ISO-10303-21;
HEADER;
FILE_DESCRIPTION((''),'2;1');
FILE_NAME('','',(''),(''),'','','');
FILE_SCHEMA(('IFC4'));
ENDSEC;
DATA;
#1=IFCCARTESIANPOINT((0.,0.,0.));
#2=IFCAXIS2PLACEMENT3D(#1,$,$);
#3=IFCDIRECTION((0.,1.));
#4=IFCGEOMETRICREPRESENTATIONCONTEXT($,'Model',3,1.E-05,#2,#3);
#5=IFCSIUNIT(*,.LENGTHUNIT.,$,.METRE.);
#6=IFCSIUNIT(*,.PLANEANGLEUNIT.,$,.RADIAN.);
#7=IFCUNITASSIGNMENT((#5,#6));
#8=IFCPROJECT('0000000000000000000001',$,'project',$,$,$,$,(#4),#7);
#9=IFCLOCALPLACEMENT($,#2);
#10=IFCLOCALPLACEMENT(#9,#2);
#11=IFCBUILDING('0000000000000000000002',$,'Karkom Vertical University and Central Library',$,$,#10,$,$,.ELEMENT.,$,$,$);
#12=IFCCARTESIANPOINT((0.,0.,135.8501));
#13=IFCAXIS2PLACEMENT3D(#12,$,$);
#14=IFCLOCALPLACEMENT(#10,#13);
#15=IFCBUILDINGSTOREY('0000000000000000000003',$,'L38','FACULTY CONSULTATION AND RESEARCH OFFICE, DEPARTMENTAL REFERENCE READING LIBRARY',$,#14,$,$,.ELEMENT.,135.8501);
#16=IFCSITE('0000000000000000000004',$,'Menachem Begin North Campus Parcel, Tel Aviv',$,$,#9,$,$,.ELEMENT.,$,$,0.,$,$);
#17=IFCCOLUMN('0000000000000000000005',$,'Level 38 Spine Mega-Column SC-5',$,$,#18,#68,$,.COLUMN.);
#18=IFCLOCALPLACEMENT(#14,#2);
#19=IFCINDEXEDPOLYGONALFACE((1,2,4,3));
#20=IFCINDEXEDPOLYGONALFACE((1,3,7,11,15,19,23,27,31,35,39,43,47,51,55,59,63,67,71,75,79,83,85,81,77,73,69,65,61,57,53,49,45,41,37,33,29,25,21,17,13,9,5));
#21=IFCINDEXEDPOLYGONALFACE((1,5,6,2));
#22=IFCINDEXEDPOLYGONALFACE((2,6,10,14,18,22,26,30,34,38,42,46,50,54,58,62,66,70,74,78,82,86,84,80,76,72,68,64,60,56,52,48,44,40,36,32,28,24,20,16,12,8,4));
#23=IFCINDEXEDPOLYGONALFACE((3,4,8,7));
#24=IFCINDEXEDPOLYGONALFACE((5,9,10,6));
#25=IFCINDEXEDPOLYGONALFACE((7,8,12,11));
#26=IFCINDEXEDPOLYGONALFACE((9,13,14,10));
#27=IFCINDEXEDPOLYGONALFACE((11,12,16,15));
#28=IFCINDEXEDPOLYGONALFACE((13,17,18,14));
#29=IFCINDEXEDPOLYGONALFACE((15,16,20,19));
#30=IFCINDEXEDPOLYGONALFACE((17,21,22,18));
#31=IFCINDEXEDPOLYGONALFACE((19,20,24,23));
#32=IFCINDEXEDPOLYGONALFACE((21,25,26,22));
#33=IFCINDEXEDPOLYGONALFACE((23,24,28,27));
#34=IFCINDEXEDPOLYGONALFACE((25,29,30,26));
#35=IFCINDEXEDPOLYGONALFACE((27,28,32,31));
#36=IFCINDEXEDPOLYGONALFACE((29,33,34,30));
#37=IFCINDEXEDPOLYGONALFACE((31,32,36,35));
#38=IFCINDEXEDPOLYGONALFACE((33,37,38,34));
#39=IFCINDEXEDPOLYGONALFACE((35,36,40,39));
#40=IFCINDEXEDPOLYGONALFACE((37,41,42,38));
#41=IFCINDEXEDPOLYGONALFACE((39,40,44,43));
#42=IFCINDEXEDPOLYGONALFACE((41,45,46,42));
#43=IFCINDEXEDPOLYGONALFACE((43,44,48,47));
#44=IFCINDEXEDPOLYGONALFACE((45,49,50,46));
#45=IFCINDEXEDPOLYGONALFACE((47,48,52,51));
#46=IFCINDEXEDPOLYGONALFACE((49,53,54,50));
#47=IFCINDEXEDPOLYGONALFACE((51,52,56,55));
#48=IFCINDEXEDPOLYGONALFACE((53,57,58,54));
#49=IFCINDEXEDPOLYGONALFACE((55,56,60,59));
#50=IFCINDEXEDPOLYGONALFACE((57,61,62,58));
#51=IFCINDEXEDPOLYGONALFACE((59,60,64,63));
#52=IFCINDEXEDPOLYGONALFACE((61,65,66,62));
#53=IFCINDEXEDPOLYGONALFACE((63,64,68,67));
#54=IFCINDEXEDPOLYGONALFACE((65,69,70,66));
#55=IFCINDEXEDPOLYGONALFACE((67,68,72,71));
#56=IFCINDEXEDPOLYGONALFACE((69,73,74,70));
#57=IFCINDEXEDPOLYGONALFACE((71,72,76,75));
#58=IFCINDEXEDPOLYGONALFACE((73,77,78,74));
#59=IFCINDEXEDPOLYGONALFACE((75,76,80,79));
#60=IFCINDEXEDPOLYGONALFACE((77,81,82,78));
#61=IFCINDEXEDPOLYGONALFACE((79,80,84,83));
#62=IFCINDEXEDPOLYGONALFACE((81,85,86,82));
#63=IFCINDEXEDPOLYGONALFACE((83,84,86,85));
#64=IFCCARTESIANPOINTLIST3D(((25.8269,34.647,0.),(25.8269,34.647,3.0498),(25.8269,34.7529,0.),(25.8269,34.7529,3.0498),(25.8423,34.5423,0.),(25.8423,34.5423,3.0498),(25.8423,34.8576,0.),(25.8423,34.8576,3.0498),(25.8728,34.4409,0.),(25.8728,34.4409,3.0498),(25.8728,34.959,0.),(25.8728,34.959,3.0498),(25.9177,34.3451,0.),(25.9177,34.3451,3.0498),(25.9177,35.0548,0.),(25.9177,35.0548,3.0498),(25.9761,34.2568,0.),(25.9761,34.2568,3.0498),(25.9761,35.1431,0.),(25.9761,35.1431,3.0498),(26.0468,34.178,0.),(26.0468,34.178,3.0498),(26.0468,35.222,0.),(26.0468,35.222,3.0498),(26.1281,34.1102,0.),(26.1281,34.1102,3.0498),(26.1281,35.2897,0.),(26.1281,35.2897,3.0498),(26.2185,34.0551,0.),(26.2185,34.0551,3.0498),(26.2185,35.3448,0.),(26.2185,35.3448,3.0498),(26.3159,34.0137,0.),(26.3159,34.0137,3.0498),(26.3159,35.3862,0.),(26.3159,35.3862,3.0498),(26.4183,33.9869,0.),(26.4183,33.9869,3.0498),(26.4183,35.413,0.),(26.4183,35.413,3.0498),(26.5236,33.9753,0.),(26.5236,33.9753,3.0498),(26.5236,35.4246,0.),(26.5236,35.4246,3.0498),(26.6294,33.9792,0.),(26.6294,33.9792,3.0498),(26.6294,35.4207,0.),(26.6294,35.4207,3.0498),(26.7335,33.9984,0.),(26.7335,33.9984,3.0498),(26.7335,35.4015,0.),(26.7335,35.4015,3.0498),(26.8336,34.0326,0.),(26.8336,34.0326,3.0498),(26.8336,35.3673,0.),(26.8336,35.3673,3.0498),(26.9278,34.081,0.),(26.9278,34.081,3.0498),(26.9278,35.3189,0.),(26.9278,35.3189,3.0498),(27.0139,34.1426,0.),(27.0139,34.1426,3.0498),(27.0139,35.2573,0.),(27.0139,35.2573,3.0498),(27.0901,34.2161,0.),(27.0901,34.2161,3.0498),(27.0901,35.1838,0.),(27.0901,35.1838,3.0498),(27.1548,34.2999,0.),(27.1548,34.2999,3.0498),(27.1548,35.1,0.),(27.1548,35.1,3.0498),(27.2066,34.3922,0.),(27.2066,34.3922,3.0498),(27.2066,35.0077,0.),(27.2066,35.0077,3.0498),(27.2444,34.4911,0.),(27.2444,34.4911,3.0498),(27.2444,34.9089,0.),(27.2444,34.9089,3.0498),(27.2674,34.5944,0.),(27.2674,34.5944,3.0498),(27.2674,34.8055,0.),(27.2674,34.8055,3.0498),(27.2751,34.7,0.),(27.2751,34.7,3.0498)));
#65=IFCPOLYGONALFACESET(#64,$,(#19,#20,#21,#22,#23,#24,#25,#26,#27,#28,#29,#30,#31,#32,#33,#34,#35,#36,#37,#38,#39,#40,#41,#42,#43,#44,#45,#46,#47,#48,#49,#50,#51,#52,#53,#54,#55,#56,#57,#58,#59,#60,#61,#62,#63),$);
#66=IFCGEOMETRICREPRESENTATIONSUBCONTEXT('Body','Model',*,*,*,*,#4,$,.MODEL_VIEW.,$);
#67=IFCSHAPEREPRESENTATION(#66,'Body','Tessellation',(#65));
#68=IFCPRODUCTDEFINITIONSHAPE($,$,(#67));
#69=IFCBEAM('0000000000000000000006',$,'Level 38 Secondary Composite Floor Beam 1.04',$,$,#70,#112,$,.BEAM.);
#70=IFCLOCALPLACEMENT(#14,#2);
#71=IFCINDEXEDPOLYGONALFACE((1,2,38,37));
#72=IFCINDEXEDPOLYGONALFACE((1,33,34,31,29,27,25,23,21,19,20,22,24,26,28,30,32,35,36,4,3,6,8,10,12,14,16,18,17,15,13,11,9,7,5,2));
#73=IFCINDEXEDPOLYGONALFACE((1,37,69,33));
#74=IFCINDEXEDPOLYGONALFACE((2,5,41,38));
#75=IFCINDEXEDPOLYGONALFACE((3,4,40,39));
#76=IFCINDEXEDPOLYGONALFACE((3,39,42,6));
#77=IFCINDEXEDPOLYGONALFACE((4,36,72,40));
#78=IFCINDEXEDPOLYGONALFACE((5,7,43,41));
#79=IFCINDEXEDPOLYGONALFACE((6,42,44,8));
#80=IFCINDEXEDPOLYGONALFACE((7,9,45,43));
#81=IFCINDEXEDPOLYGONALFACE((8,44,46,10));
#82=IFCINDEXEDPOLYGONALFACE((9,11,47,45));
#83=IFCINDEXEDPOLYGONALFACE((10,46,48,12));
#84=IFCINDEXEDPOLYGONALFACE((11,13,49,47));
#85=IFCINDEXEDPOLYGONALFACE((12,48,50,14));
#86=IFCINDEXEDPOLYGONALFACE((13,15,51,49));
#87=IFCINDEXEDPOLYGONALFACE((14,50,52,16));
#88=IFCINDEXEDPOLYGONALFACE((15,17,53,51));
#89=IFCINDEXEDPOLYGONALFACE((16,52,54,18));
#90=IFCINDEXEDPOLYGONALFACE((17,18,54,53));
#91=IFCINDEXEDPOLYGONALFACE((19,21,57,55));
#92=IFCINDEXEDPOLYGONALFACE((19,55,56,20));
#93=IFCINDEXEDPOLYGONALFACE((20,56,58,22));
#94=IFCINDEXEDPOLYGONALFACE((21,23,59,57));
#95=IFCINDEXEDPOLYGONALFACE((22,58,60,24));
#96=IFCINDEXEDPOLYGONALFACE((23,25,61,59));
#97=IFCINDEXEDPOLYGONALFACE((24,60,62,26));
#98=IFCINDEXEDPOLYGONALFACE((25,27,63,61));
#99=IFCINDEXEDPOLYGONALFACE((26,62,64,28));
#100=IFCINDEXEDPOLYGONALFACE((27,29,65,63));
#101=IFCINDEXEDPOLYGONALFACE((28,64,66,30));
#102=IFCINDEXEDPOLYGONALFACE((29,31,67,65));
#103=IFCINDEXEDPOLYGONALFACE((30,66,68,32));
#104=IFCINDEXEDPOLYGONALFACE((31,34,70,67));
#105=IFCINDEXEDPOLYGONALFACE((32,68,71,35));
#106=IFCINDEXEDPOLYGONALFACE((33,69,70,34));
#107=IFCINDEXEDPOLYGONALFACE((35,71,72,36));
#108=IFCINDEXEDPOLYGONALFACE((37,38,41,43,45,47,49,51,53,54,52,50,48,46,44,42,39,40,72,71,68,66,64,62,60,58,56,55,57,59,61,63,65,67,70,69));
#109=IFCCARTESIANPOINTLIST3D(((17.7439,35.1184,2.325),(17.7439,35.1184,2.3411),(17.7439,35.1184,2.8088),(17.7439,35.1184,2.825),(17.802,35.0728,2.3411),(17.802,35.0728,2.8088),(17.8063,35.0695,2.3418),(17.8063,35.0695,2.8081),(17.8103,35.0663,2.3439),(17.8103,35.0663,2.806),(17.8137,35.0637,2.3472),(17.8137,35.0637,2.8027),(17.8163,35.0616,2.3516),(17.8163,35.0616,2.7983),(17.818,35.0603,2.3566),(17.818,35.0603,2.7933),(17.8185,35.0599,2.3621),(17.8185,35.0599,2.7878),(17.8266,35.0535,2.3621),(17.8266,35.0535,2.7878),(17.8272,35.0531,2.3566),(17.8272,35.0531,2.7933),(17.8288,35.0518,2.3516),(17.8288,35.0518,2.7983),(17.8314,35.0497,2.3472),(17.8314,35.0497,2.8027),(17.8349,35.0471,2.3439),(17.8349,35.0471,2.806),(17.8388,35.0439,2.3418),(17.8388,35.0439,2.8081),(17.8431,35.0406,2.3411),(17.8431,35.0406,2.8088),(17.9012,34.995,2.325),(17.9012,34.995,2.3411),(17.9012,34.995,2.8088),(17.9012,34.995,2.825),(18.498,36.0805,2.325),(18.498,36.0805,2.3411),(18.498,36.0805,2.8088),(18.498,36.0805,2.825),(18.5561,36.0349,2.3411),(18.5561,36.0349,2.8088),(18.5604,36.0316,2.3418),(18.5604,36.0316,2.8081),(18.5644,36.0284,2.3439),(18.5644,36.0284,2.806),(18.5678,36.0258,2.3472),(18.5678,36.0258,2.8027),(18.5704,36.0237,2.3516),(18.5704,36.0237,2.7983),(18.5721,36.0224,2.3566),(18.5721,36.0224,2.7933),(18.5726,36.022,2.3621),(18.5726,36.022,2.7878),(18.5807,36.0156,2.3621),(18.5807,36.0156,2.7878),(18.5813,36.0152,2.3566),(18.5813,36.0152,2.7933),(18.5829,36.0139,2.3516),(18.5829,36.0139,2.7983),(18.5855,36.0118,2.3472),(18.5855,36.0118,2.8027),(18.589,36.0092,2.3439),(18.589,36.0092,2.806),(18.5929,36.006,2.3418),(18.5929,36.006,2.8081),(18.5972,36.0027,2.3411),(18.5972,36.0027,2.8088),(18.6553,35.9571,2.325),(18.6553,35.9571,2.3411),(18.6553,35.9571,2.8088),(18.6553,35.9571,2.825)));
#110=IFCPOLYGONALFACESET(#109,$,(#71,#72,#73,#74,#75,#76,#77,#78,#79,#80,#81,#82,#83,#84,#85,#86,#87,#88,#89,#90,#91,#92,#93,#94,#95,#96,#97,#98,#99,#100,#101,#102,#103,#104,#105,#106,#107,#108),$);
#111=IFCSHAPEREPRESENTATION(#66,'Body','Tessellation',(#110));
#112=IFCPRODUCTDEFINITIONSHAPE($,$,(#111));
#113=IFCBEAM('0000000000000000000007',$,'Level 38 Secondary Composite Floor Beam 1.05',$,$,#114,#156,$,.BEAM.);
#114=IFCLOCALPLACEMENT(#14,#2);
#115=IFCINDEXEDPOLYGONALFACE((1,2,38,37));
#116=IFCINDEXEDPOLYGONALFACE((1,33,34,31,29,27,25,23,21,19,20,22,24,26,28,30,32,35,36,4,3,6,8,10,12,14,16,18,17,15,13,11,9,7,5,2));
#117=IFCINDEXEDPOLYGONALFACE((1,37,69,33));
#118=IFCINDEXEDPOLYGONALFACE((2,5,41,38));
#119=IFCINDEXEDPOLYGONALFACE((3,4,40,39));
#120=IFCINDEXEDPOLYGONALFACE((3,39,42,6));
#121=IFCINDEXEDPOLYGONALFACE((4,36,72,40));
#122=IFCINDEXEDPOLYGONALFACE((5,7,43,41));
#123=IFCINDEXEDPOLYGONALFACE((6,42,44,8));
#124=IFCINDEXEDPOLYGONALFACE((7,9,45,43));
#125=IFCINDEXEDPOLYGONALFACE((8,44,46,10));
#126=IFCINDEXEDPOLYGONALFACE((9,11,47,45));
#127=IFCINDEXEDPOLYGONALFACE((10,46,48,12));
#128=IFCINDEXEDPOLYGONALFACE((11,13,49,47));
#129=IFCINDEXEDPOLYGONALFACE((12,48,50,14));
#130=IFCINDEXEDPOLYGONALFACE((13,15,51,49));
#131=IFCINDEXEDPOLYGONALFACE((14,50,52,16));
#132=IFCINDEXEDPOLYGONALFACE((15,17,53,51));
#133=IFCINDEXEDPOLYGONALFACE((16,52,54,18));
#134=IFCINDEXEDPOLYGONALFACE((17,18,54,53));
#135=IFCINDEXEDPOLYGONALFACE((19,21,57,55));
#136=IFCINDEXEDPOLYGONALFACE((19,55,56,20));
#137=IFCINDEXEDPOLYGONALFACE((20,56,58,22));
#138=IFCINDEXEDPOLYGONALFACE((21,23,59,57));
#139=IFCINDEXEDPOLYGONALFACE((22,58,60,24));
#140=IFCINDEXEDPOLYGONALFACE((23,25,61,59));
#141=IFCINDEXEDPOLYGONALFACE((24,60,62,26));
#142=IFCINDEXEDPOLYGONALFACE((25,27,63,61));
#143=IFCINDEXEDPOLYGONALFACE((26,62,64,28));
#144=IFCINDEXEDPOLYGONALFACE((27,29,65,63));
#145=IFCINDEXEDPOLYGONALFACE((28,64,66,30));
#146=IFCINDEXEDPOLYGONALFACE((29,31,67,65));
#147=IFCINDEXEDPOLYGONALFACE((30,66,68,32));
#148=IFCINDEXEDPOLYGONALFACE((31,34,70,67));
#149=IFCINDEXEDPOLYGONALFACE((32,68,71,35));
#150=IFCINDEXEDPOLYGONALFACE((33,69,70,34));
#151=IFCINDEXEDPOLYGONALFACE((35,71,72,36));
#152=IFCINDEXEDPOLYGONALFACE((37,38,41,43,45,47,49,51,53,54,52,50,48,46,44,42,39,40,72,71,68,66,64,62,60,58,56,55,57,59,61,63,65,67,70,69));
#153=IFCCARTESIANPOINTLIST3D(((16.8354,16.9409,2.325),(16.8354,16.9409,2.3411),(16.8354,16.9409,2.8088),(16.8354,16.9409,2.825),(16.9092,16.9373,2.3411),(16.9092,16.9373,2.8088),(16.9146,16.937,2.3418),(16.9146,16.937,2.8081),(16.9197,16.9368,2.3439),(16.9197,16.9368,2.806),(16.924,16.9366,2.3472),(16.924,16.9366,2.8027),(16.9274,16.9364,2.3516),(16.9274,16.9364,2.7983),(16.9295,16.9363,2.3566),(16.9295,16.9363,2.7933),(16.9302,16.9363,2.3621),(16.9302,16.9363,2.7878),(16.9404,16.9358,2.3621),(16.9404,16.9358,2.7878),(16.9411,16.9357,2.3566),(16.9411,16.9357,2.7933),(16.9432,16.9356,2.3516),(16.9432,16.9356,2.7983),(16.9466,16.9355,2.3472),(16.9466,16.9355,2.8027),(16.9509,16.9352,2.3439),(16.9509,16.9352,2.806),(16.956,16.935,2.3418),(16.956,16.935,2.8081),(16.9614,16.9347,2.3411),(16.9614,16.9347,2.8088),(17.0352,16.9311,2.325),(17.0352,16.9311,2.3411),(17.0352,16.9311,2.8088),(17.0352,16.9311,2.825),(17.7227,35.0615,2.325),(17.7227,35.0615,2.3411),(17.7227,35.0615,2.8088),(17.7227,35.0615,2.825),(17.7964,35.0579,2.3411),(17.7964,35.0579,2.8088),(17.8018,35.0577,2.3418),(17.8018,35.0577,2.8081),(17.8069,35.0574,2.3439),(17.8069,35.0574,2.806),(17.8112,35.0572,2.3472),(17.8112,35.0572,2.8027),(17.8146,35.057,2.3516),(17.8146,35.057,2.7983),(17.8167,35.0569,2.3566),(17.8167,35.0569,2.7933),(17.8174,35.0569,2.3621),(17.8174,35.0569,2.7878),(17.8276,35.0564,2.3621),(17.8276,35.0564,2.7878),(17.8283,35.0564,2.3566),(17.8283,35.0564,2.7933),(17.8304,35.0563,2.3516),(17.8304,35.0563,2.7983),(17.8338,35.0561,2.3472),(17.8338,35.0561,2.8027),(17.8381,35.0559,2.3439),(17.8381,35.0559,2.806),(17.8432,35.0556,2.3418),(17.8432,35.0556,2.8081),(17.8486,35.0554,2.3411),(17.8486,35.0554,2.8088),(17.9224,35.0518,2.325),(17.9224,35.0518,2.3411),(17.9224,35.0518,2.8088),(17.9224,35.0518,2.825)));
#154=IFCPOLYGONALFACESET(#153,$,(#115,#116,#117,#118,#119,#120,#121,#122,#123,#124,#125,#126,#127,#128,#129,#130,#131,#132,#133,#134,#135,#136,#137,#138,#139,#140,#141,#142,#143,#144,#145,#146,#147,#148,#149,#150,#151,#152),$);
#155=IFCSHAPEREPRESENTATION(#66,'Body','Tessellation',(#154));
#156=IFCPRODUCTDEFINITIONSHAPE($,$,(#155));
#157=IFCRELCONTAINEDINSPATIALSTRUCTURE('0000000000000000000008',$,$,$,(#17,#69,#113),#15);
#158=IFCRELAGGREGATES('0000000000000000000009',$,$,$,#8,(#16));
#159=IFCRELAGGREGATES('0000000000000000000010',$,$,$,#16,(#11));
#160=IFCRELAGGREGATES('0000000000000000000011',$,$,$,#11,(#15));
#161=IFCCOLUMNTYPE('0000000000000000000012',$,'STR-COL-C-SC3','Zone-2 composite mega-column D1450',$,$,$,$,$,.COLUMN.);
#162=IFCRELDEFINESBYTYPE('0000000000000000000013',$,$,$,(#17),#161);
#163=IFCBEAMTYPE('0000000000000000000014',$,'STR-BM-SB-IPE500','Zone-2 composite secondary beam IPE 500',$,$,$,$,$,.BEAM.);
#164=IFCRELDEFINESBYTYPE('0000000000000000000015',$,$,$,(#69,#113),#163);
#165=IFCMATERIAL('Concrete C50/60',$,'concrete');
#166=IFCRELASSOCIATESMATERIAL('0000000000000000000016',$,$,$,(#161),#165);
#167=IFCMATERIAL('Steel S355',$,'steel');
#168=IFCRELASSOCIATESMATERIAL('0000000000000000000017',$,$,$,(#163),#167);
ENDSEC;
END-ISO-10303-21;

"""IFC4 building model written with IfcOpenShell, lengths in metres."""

from ifc_helpers import new_model, si_unit, direction, frame, origin, origin_with_axes, origin_2d, place, context, subcontext, project, spatial, circle, i_section, extrude, source, transform, mapped, material, material_profile, profile_set, type_object, element, save


model = new_model("IFC4")

# Units and contexts
model_context = context("Model", 3, precision=1e-05, world=origin(), true_north=direction((0.0, 1.0)))
body_context = subcontext(model_context, "Body", "Model", "MODEL_VIEW")
ifc_project = project(units=[si_unit("LENGTHUNIT", "METRE"), si_unit("PLANEANGLEUNIT", "RADIAN")], contexts=[model_context])

# Site, building, storey
site_placement = place(None, origin())
site = spatial("IfcSite", under=ifc_project, at=site_placement, Name="Menachem Begin North Campus Parcel, Tel Aviv", CompositionType="ELEMENT", RefElevation=0.0)
building_placement = place(site_placement, origin())
building = spatial("IfcBuilding", under=site, at=building_placement, Name="Karkom Vertical University and Central Library", CompositionType="ELEMENT")
storey_placement = place(building_placement, frame((0.0, 0.0, 135.8501)))
storey = spatial("IfcBuildingStorey", under=building, at=storey_placement, Name="L38", Description="FACULTY CONSULTATION AND RESEARCH OFFICE, DEPARTMENTAL REFERENCE READING LIBRARY", CompositionType="ELEMENT", Elevation=135.8501)

# Column
ifc_material_1 = material(Name="Concrete C50/60", Category="concrete")
ifc_material_profile_1 = material_profile(ifc_material_1, circle(Radius=0.7251, at=origin_2d()), Name="CFT-D1450")
ifc_profile_set_1 = profile_set([ifc_material_profile_1], Name="Concrete C50/60")
column_type = type_object("IfcColumnType", Name="STR-COL-C-SC3", Description="Zone-2 composite mega-column D1450", PredefinedType="COLUMN", material=ifc_profile_set_1)
shared_shape_1 = source(origin_with_axes(), body_context, "Body", "SweptSolid", [
    extrude(circle(Radius=0.7251, at=origin_2d()), origin(), (0.0, 0.0, 1.0), 3.0498),
])
column_placement = place(storey_placement, frame((26.55, 34.7, 0.0), z_axis=(0.0, 0.0, 1.0), x_axis=(1.0, 0.0, 0.0)))
element("IfcColumn", 1, at=column_placement, inside=storey, type_object=column_type, Name="Level 38 Spine Mega-Column SC-5", PredefinedType="COLUMN", context=body_context, shape_type="MappedRepresentation", body=[
    mapped(shared_shape_1, transform((0.0, 0.0, 0.0), scale=1.0)),
])

# Beams
ifc_material_2 = material(Name="Steel S355", Category="steel")
ifc_material_profile_2 = material_profile(ifc_material_2, i_section(OverallWidth=0.2, OverallDepth=0.5, WebThickness=0.0103, FlangeThickness=0.0161, FilletRadius=0.021, at=origin_2d()), Name="IPE 500")
ifc_profile_set_2 = profile_set([ifc_material_profile_2], Name="Steel S355")
beam_type_1 = type_object("IfcBeamType", Name="STR-BM-SB-IPE500", Description="Zone-2 composite secondary beam IPE 500", PredefinedType="BEAM", material=ifc_profile_set_2)
shared_shape_2 = source(origin_with_axes(), body_context, "Body", "SweptSolid", [
    extrude(i_section(OverallWidth=0.2, OverallDepth=0.5, WebThickness=0.0103, FlangeThickness=0.0161, FilletRadius=0.021, at=origin_2d()), origin(), (0.0, 0.0, 1.0), 1.2224),
])
beam_1_placement = place(storey_placement, frame((18.5767, 36.0188, 2.575), z_axis=(-0.616895, -0.787045, 0.0), x_axis=(0.787045, -0.616895, 0.0)))
element("IfcBeam", 2, at=beam_1_placement, inside=storey, type_object=beam_type_1, Name="Level 38 Secondary Composite Floor Beam 1.04", PredefinedType="BEAM", context=body_context, shape_type="MappedRepresentation", body=[
    mapped(shared_shape_2, transform((0.0, 0.0, 0.0), scale=1.0)),
])
shared_shape_3 = source(origin_with_axes(), body_context, "Body", "SweptSolid", [
    extrude(i_section(OverallWidth=0.2, OverallDepth=0.5, WebThickness=0.0103, FlangeThickness=0.0161, FilletRadius=0.021, at=origin_2d()), origin(), (0.0, 0.0, 1.0), 18.1423),
])
beam_2_placement = place(storey_placement, frame((17.8225, 35.0566, 2.575), z_axis=(-0.048903, -0.998804, 0.0), x_axis=(0.998804, -0.048903, 0.0)))
element("IfcBeam", 3, at=beam_2_placement, inside=storey, type_object=beam_type_1, Name="Level 38 Secondary Composite Floor Beam 1.05", PredefinedType="BEAM", context=body_context, shape_type="MappedRepresentation", body=[
    mapped(shared_shape_3, transform((0.0, 0.0, 0.0), scale=1.0)),
])

save(model, "model.ifc")
